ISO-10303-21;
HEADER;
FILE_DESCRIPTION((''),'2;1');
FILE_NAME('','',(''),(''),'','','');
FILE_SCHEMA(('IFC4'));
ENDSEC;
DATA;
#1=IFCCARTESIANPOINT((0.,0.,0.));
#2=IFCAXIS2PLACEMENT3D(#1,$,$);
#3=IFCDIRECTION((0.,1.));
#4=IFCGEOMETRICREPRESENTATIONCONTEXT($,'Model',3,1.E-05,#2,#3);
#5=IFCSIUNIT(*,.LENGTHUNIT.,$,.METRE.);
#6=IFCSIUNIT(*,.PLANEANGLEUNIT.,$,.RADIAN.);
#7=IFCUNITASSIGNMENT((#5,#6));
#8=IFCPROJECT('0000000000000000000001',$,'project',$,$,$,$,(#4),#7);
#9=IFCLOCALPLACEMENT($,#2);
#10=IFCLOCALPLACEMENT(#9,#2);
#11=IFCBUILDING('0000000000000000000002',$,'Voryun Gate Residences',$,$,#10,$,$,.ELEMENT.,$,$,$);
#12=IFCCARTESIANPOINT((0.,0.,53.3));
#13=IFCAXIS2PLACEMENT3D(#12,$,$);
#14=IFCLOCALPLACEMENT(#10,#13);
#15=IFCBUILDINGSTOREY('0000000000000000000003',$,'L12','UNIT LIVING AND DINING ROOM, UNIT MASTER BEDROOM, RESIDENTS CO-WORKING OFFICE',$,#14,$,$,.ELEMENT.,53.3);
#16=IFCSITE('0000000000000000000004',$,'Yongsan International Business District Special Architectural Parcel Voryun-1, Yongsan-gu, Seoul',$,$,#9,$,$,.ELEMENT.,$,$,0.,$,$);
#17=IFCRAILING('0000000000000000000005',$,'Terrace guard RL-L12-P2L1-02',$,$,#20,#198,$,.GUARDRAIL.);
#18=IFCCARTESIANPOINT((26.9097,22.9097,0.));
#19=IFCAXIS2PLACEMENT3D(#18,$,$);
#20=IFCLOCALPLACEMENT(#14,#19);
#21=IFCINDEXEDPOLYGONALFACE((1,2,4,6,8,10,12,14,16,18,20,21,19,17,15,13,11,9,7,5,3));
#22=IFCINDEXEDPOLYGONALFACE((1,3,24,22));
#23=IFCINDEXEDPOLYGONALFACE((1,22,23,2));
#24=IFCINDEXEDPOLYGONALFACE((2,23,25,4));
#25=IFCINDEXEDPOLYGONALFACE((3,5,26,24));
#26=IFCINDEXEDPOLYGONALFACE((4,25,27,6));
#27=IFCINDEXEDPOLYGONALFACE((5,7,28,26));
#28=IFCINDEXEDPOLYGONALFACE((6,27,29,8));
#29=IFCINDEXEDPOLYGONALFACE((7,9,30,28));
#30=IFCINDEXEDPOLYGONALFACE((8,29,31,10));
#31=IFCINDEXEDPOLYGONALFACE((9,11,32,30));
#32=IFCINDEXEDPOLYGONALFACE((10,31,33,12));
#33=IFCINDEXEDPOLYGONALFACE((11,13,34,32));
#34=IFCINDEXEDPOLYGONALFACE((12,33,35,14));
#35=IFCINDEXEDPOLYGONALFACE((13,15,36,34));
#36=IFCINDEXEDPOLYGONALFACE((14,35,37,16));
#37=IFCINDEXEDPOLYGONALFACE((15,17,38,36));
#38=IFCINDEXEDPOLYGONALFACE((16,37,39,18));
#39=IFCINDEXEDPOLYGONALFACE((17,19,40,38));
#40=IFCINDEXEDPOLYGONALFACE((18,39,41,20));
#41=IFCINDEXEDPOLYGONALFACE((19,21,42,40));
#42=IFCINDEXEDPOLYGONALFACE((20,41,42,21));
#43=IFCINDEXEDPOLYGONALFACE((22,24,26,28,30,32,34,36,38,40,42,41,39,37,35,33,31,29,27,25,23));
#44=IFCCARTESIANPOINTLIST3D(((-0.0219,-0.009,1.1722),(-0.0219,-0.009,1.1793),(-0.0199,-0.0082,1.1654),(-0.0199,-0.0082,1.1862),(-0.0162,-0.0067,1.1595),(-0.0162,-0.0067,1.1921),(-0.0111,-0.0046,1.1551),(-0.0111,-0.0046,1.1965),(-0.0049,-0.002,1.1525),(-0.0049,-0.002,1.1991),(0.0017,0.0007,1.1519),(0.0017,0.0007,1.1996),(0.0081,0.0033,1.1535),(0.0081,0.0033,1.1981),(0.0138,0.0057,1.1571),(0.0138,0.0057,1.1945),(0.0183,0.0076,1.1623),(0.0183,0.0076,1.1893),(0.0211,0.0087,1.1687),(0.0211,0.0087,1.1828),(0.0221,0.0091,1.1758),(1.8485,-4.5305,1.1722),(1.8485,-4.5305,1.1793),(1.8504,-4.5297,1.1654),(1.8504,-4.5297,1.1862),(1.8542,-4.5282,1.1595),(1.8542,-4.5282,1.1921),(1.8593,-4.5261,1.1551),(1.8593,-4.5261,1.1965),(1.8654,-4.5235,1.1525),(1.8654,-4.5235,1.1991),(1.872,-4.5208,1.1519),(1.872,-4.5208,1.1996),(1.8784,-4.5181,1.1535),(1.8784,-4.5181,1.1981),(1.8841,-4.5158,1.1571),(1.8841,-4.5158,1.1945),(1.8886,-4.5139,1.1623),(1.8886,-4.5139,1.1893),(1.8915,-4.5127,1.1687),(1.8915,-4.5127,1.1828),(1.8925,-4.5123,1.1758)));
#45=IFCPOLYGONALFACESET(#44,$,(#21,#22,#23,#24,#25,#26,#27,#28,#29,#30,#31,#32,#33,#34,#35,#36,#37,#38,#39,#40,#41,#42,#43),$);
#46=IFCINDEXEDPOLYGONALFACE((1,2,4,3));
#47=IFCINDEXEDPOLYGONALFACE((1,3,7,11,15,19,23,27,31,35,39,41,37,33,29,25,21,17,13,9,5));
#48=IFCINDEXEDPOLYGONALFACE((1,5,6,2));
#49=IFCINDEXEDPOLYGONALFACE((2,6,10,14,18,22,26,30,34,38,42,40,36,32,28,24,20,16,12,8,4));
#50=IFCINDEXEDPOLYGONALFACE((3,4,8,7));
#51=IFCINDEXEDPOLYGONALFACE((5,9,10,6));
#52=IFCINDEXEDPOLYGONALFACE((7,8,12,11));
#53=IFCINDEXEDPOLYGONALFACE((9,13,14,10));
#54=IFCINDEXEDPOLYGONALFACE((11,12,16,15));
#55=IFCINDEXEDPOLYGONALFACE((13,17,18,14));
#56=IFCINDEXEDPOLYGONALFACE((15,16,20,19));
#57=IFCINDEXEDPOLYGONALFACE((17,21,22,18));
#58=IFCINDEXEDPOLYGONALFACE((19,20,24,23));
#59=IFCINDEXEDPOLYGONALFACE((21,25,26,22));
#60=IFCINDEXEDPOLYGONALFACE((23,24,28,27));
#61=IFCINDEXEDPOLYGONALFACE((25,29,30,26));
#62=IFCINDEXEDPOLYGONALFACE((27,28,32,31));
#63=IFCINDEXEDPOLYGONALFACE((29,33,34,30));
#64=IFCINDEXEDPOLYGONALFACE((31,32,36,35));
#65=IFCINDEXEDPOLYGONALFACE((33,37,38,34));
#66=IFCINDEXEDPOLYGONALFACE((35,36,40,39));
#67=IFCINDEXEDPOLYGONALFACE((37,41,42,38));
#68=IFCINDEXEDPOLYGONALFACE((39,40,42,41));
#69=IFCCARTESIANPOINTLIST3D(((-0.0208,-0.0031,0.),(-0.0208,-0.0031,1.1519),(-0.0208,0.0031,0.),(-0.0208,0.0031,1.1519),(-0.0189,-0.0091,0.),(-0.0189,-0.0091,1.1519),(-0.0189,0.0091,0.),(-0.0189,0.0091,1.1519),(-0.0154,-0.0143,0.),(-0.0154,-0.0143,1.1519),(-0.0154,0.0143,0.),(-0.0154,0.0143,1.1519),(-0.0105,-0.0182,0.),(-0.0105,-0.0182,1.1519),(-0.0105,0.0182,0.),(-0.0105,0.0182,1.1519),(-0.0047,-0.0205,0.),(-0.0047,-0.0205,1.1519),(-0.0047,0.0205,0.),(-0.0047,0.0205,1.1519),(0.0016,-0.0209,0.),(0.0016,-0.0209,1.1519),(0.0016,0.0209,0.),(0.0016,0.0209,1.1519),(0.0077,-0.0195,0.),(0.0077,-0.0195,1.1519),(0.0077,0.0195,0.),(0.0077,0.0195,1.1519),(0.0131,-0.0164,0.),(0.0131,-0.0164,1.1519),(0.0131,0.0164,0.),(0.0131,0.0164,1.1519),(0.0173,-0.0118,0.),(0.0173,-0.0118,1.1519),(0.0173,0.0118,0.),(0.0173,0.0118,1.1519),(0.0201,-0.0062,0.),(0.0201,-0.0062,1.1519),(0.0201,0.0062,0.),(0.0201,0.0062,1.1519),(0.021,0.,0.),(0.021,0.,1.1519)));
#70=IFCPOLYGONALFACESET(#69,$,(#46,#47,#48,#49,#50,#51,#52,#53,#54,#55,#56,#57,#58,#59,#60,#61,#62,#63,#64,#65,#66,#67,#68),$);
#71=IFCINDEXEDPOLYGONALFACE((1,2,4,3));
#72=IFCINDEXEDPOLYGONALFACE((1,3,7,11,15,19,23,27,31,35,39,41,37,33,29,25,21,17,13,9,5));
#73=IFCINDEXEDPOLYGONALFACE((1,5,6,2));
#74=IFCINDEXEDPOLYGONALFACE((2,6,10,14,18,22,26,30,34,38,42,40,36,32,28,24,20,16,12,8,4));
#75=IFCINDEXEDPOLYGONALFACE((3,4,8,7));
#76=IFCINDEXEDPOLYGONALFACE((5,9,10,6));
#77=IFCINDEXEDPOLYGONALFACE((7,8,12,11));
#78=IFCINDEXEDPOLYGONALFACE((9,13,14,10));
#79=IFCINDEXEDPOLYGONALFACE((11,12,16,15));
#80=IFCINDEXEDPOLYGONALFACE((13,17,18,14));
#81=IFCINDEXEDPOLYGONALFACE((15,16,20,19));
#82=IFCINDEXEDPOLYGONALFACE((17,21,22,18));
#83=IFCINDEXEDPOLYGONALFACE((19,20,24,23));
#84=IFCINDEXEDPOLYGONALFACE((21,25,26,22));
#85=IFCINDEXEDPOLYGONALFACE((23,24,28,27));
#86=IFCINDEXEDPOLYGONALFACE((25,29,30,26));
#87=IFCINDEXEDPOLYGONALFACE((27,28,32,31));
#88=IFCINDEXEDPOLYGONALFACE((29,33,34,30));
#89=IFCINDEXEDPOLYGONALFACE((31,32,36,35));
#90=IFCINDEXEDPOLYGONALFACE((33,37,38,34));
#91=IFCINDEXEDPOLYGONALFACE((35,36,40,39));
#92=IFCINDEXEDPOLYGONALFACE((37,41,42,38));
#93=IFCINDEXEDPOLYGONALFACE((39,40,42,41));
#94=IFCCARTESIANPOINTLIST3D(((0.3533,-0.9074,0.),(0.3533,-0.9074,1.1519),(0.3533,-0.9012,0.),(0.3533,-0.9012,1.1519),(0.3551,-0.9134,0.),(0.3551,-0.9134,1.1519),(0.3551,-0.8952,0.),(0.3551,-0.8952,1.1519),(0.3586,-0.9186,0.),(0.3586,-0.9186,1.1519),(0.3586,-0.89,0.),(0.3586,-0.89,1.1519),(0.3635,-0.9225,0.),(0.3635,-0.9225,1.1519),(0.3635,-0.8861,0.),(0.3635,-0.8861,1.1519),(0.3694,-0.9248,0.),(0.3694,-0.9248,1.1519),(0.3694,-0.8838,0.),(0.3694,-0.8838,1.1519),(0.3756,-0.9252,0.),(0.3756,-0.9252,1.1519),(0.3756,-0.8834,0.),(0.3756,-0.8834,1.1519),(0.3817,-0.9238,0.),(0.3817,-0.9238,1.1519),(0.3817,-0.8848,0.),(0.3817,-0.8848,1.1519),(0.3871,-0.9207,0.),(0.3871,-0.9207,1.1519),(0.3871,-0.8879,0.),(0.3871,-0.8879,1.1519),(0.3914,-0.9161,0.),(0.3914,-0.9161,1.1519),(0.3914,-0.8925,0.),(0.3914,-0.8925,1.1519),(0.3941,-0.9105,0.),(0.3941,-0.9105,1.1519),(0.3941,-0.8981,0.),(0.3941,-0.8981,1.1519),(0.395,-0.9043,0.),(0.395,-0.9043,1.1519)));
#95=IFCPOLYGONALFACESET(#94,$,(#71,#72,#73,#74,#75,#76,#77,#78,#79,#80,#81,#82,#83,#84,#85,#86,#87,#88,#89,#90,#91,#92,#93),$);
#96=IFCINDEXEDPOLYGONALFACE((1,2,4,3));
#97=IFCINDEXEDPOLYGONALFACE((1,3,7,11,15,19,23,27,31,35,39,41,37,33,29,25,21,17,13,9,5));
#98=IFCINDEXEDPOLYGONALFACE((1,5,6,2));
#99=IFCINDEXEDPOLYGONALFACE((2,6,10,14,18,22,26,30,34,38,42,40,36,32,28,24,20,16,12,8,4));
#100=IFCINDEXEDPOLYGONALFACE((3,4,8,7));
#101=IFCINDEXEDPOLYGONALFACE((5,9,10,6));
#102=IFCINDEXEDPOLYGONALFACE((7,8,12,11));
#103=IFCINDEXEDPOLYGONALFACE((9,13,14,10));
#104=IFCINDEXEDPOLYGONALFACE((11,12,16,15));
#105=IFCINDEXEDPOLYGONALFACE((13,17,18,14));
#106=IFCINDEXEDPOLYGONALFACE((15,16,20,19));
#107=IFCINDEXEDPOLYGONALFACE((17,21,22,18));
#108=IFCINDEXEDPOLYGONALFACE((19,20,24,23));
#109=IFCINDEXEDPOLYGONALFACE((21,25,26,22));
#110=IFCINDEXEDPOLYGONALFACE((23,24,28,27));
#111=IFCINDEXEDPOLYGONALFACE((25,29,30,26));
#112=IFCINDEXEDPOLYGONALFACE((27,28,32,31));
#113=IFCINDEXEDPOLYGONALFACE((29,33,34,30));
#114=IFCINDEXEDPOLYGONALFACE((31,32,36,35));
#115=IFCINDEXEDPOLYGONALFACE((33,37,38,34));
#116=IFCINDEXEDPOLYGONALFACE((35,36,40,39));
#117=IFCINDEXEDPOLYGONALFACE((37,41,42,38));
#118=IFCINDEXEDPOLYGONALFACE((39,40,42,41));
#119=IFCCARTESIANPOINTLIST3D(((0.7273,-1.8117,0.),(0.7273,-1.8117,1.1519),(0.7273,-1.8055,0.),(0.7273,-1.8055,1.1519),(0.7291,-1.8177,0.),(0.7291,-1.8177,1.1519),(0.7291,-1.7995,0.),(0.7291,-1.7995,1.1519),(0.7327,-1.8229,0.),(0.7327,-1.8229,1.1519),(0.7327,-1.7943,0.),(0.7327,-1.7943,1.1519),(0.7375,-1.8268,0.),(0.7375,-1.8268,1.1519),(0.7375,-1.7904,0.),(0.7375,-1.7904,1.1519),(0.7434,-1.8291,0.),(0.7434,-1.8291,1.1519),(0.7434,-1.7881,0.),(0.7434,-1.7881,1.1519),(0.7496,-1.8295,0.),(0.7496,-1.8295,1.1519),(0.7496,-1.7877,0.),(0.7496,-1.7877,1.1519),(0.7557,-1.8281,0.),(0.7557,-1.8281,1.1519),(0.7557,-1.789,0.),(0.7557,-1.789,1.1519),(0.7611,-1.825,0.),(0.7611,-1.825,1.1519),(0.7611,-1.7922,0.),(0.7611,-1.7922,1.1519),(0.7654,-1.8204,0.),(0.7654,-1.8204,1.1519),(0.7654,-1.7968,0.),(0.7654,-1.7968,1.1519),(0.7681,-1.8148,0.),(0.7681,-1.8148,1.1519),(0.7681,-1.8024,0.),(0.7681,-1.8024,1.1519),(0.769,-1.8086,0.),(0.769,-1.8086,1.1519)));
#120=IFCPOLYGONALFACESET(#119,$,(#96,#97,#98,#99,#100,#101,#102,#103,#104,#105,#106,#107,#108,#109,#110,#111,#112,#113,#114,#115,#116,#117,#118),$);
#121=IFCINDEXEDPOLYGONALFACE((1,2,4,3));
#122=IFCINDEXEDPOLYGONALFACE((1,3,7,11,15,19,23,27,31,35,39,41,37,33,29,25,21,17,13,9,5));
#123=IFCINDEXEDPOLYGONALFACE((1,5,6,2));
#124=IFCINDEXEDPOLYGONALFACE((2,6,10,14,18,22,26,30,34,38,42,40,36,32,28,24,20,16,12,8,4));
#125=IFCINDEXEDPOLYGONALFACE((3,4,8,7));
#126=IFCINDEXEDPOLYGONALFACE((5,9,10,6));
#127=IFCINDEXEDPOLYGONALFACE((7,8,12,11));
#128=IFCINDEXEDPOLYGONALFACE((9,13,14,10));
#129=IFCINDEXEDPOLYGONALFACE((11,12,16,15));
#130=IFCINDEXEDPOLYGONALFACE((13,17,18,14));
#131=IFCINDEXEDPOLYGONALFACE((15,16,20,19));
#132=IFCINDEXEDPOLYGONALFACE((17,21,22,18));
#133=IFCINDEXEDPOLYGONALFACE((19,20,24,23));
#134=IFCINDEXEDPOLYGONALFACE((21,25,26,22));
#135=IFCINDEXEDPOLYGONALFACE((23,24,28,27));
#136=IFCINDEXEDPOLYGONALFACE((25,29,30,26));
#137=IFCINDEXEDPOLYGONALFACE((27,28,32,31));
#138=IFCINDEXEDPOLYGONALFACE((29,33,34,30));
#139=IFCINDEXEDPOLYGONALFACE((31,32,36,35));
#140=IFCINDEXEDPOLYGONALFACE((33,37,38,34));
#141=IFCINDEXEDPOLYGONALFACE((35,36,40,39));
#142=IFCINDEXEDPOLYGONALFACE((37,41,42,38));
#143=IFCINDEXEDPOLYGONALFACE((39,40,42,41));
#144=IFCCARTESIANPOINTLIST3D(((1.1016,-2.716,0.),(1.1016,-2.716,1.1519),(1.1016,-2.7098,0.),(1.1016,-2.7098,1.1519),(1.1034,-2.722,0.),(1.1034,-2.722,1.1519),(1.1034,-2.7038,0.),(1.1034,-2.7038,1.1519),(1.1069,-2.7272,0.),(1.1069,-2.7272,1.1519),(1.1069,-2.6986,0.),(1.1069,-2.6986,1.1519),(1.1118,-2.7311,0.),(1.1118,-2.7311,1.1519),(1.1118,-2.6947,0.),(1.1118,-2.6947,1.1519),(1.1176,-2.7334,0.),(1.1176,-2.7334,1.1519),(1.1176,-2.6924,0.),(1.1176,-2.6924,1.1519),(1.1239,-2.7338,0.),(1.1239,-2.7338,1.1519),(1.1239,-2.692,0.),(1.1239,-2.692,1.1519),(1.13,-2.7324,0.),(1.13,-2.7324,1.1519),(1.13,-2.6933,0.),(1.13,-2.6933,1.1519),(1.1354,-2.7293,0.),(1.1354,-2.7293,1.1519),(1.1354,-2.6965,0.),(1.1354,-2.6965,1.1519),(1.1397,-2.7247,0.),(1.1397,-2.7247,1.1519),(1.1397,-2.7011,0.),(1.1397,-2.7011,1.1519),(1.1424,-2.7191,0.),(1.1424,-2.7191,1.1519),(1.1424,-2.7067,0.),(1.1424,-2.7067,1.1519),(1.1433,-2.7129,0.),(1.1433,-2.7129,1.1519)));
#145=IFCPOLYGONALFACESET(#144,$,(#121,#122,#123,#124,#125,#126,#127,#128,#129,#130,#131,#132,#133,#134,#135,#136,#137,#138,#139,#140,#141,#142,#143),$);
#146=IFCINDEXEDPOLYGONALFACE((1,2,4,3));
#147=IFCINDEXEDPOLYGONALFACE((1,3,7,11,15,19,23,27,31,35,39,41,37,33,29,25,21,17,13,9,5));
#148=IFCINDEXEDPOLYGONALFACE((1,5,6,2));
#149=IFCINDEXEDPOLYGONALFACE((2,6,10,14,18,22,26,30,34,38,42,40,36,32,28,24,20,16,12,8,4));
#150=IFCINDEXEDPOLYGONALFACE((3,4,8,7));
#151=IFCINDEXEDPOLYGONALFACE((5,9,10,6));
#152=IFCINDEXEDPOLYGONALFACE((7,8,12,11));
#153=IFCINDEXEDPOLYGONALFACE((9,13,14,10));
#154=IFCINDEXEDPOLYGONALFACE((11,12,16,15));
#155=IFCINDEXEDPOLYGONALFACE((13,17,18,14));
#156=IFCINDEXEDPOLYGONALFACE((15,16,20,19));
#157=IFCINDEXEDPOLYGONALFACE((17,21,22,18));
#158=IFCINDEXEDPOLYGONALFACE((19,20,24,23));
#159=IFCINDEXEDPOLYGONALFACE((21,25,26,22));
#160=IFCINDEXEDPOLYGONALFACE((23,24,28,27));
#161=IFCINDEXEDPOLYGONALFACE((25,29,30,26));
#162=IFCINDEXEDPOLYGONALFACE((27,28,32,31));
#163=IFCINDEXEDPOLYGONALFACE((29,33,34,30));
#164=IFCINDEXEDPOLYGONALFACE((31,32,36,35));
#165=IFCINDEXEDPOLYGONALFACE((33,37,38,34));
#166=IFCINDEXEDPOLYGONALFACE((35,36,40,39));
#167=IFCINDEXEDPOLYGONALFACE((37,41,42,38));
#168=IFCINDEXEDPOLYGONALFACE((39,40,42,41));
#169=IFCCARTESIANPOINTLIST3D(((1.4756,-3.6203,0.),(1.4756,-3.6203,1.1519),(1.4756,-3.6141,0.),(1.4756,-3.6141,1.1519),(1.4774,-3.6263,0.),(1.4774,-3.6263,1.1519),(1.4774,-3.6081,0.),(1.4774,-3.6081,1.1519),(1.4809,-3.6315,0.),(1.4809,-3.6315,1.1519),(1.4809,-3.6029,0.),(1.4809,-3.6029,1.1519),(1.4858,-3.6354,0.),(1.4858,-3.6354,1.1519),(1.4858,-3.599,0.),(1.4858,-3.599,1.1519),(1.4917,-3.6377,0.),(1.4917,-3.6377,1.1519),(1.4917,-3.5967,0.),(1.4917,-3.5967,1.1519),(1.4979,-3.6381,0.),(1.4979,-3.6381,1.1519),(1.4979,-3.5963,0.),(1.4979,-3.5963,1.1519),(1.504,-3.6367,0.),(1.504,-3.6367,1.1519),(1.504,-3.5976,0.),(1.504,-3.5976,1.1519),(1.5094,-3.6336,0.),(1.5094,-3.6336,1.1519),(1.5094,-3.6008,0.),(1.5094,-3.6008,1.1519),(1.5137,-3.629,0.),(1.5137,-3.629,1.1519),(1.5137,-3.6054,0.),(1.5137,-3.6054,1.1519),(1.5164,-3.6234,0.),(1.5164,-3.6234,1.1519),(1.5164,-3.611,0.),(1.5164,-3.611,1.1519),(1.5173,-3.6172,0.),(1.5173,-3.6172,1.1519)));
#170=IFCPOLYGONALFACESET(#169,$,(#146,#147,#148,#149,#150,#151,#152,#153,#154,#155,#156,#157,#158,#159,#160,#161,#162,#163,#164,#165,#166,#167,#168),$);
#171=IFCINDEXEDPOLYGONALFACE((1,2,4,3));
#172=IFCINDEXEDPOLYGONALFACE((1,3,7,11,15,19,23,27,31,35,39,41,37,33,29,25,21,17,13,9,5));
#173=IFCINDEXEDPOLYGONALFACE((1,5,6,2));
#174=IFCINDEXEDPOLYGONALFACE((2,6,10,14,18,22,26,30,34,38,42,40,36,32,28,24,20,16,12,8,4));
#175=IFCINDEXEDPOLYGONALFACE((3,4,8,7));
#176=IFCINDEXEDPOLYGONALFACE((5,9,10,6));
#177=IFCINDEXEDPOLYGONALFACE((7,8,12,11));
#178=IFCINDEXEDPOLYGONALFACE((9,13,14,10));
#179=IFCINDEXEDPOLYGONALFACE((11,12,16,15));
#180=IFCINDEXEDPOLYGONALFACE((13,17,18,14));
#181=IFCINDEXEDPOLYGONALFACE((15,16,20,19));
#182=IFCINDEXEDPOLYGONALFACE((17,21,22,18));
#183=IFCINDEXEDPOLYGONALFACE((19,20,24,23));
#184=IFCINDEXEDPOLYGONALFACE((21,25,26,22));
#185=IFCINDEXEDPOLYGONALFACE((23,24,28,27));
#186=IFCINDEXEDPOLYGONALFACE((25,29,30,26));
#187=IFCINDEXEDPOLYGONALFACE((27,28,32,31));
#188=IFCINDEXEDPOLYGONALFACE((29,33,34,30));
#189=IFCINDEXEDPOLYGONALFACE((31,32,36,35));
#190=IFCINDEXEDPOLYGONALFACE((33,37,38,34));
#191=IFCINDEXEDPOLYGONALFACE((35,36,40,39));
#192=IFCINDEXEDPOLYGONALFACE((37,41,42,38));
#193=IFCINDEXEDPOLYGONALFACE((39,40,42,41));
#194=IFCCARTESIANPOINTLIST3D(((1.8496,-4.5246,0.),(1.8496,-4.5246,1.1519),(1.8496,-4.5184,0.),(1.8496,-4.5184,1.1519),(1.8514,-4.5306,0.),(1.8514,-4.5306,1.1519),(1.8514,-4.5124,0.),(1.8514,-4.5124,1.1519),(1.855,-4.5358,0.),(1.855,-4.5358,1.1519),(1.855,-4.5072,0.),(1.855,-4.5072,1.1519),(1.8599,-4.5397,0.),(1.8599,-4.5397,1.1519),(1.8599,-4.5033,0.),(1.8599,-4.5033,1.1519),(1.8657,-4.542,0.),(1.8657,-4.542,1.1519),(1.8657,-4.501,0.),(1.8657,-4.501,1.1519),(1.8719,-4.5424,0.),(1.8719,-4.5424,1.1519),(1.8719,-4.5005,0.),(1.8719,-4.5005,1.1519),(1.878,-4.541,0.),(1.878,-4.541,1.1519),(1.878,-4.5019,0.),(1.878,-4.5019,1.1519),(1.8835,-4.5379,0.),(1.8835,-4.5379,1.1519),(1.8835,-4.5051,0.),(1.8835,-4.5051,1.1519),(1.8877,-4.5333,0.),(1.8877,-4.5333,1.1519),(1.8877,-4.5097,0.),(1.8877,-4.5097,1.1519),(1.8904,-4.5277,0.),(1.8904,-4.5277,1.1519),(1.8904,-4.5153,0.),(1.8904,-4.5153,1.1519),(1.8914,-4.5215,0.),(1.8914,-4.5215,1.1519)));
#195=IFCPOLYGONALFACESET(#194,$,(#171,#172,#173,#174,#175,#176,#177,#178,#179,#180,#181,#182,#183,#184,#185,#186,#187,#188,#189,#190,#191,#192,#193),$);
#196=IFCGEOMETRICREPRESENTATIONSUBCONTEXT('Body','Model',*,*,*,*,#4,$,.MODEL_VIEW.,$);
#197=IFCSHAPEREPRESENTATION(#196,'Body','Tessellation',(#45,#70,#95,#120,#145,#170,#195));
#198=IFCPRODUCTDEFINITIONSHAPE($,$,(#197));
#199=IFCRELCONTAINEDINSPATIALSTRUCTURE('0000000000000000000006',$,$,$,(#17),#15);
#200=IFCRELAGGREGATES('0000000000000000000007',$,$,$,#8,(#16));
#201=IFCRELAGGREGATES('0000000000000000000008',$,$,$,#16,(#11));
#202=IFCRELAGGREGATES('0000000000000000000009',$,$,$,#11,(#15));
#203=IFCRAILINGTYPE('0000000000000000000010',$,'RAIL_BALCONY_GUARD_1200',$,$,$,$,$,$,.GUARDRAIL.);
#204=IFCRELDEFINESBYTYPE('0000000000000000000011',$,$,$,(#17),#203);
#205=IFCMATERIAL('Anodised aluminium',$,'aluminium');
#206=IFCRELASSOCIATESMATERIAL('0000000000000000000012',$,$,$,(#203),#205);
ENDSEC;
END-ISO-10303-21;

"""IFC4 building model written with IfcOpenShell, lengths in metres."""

from ifc_helpers import new_model, si_unit, direction, frame, origin, origin_2d, place, context, subcontext, project, spatial, circle, extrude, material, type_object, element, save


model = new_model("IFC4")

# Units and contexts
model_context = context("Model", 3, precision=1e-05, world=origin(), true_north=direction((0.0, 1.0)))
body_context = subcontext(model_context, "Body", "Model", "MODEL_VIEW")
ifc_project = project(units=[si_unit("LENGTHUNIT", "METRE"), si_unit("PLANEANGLEUNIT", "RADIAN")], contexts=[model_context])

# Site, building, storey
site_placement = place(None, origin())
site = spatial("IfcSite", under=ifc_project, at=site_placement, Name="Yongsan International Business District Special Architectural Parcel Voryun-1, Yongsan-gu, Seoul", CompositionType="ELEMENT", RefElevation=0.0)
building_placement = place(site_placement, origin())
building = spatial("IfcBuilding", under=site, at=building_placement, Name="Voryun Gate Residences", CompositionType="ELEMENT")
storey_placement = place(building_placement, frame((0.0, 0.0, 53.3)))
storey = spatial("IfcBuildingStorey", under=building, at=storey_placement, Name="L12", Description="UNIT LIVING AND DINING ROOM, UNIT MASTER BEDROOM, RESIDENTS CO-WORKING OFFICE", CompositionType="ELEMENT", Elevation=53.3)

# Railing
ifc_material_1 = material(Name="Anodised aluminium", Category="aluminium")
railing_type = type_object("IfcRailingType", Name="RAIL_BALCONY_GUARD_1200", PredefinedType="GUARDRAIL", material=ifc_material_1)
railing_1_placement = place(storey_placement, frame((26.9097, 22.9097, 0.0)))
element("IfcRailing", 1, at=railing_1_placement, inside=storey, type_object=railing_type, Name="Terrace guard RL-L12-P2L1-02", PredefinedType="GUARDRAIL", context=body_context, shape_type="SweptSolid", body=[
    extrude(circle(Radius=0.0239, at=origin_2d()), frame((0.0, 0.0, 1.1758), z_axis=(0.382247, -0.92406, 0.0), x_axis=(0.92406, 0.382247, 0.0)), (0.0, 0.0, 1.0), 4.8931),
    extrude(circle(Radius=0.021, at=origin_2d()), origin(), (0.0, 0.0, 1.0), 1.1519),
    extrude(circle(Radius=0.021, at=origin_2d()), frame((0.374, -0.9043, 0.0)), (0.0, 0.0, 1.0), 1.1519),
    extrude(circle(Radius=0.021, at=origin_2d()), frame((0.748, -1.8086, 0.0)), (0.0, 0.0, 1.0), 1.1519),
    extrude(circle(Radius=0.021, at=origin_2d()), frame((1.1223, -2.7129, 0.0)), (0.0, 0.0, 1.0), 1.1519),
    extrude(circle(Radius=0.021, at=origin_2d()), frame((1.4963, -3.6172, 0.0)), (0.0, 0.0, 1.0), 1.1519),
    extrude(circle(Radius=0.021, at=origin_2d()), frame((1.8704, -4.5215, 0.0)), (0.0, 0.0, 1.0), 1.1519),
])

save(model, "model.ifc")
